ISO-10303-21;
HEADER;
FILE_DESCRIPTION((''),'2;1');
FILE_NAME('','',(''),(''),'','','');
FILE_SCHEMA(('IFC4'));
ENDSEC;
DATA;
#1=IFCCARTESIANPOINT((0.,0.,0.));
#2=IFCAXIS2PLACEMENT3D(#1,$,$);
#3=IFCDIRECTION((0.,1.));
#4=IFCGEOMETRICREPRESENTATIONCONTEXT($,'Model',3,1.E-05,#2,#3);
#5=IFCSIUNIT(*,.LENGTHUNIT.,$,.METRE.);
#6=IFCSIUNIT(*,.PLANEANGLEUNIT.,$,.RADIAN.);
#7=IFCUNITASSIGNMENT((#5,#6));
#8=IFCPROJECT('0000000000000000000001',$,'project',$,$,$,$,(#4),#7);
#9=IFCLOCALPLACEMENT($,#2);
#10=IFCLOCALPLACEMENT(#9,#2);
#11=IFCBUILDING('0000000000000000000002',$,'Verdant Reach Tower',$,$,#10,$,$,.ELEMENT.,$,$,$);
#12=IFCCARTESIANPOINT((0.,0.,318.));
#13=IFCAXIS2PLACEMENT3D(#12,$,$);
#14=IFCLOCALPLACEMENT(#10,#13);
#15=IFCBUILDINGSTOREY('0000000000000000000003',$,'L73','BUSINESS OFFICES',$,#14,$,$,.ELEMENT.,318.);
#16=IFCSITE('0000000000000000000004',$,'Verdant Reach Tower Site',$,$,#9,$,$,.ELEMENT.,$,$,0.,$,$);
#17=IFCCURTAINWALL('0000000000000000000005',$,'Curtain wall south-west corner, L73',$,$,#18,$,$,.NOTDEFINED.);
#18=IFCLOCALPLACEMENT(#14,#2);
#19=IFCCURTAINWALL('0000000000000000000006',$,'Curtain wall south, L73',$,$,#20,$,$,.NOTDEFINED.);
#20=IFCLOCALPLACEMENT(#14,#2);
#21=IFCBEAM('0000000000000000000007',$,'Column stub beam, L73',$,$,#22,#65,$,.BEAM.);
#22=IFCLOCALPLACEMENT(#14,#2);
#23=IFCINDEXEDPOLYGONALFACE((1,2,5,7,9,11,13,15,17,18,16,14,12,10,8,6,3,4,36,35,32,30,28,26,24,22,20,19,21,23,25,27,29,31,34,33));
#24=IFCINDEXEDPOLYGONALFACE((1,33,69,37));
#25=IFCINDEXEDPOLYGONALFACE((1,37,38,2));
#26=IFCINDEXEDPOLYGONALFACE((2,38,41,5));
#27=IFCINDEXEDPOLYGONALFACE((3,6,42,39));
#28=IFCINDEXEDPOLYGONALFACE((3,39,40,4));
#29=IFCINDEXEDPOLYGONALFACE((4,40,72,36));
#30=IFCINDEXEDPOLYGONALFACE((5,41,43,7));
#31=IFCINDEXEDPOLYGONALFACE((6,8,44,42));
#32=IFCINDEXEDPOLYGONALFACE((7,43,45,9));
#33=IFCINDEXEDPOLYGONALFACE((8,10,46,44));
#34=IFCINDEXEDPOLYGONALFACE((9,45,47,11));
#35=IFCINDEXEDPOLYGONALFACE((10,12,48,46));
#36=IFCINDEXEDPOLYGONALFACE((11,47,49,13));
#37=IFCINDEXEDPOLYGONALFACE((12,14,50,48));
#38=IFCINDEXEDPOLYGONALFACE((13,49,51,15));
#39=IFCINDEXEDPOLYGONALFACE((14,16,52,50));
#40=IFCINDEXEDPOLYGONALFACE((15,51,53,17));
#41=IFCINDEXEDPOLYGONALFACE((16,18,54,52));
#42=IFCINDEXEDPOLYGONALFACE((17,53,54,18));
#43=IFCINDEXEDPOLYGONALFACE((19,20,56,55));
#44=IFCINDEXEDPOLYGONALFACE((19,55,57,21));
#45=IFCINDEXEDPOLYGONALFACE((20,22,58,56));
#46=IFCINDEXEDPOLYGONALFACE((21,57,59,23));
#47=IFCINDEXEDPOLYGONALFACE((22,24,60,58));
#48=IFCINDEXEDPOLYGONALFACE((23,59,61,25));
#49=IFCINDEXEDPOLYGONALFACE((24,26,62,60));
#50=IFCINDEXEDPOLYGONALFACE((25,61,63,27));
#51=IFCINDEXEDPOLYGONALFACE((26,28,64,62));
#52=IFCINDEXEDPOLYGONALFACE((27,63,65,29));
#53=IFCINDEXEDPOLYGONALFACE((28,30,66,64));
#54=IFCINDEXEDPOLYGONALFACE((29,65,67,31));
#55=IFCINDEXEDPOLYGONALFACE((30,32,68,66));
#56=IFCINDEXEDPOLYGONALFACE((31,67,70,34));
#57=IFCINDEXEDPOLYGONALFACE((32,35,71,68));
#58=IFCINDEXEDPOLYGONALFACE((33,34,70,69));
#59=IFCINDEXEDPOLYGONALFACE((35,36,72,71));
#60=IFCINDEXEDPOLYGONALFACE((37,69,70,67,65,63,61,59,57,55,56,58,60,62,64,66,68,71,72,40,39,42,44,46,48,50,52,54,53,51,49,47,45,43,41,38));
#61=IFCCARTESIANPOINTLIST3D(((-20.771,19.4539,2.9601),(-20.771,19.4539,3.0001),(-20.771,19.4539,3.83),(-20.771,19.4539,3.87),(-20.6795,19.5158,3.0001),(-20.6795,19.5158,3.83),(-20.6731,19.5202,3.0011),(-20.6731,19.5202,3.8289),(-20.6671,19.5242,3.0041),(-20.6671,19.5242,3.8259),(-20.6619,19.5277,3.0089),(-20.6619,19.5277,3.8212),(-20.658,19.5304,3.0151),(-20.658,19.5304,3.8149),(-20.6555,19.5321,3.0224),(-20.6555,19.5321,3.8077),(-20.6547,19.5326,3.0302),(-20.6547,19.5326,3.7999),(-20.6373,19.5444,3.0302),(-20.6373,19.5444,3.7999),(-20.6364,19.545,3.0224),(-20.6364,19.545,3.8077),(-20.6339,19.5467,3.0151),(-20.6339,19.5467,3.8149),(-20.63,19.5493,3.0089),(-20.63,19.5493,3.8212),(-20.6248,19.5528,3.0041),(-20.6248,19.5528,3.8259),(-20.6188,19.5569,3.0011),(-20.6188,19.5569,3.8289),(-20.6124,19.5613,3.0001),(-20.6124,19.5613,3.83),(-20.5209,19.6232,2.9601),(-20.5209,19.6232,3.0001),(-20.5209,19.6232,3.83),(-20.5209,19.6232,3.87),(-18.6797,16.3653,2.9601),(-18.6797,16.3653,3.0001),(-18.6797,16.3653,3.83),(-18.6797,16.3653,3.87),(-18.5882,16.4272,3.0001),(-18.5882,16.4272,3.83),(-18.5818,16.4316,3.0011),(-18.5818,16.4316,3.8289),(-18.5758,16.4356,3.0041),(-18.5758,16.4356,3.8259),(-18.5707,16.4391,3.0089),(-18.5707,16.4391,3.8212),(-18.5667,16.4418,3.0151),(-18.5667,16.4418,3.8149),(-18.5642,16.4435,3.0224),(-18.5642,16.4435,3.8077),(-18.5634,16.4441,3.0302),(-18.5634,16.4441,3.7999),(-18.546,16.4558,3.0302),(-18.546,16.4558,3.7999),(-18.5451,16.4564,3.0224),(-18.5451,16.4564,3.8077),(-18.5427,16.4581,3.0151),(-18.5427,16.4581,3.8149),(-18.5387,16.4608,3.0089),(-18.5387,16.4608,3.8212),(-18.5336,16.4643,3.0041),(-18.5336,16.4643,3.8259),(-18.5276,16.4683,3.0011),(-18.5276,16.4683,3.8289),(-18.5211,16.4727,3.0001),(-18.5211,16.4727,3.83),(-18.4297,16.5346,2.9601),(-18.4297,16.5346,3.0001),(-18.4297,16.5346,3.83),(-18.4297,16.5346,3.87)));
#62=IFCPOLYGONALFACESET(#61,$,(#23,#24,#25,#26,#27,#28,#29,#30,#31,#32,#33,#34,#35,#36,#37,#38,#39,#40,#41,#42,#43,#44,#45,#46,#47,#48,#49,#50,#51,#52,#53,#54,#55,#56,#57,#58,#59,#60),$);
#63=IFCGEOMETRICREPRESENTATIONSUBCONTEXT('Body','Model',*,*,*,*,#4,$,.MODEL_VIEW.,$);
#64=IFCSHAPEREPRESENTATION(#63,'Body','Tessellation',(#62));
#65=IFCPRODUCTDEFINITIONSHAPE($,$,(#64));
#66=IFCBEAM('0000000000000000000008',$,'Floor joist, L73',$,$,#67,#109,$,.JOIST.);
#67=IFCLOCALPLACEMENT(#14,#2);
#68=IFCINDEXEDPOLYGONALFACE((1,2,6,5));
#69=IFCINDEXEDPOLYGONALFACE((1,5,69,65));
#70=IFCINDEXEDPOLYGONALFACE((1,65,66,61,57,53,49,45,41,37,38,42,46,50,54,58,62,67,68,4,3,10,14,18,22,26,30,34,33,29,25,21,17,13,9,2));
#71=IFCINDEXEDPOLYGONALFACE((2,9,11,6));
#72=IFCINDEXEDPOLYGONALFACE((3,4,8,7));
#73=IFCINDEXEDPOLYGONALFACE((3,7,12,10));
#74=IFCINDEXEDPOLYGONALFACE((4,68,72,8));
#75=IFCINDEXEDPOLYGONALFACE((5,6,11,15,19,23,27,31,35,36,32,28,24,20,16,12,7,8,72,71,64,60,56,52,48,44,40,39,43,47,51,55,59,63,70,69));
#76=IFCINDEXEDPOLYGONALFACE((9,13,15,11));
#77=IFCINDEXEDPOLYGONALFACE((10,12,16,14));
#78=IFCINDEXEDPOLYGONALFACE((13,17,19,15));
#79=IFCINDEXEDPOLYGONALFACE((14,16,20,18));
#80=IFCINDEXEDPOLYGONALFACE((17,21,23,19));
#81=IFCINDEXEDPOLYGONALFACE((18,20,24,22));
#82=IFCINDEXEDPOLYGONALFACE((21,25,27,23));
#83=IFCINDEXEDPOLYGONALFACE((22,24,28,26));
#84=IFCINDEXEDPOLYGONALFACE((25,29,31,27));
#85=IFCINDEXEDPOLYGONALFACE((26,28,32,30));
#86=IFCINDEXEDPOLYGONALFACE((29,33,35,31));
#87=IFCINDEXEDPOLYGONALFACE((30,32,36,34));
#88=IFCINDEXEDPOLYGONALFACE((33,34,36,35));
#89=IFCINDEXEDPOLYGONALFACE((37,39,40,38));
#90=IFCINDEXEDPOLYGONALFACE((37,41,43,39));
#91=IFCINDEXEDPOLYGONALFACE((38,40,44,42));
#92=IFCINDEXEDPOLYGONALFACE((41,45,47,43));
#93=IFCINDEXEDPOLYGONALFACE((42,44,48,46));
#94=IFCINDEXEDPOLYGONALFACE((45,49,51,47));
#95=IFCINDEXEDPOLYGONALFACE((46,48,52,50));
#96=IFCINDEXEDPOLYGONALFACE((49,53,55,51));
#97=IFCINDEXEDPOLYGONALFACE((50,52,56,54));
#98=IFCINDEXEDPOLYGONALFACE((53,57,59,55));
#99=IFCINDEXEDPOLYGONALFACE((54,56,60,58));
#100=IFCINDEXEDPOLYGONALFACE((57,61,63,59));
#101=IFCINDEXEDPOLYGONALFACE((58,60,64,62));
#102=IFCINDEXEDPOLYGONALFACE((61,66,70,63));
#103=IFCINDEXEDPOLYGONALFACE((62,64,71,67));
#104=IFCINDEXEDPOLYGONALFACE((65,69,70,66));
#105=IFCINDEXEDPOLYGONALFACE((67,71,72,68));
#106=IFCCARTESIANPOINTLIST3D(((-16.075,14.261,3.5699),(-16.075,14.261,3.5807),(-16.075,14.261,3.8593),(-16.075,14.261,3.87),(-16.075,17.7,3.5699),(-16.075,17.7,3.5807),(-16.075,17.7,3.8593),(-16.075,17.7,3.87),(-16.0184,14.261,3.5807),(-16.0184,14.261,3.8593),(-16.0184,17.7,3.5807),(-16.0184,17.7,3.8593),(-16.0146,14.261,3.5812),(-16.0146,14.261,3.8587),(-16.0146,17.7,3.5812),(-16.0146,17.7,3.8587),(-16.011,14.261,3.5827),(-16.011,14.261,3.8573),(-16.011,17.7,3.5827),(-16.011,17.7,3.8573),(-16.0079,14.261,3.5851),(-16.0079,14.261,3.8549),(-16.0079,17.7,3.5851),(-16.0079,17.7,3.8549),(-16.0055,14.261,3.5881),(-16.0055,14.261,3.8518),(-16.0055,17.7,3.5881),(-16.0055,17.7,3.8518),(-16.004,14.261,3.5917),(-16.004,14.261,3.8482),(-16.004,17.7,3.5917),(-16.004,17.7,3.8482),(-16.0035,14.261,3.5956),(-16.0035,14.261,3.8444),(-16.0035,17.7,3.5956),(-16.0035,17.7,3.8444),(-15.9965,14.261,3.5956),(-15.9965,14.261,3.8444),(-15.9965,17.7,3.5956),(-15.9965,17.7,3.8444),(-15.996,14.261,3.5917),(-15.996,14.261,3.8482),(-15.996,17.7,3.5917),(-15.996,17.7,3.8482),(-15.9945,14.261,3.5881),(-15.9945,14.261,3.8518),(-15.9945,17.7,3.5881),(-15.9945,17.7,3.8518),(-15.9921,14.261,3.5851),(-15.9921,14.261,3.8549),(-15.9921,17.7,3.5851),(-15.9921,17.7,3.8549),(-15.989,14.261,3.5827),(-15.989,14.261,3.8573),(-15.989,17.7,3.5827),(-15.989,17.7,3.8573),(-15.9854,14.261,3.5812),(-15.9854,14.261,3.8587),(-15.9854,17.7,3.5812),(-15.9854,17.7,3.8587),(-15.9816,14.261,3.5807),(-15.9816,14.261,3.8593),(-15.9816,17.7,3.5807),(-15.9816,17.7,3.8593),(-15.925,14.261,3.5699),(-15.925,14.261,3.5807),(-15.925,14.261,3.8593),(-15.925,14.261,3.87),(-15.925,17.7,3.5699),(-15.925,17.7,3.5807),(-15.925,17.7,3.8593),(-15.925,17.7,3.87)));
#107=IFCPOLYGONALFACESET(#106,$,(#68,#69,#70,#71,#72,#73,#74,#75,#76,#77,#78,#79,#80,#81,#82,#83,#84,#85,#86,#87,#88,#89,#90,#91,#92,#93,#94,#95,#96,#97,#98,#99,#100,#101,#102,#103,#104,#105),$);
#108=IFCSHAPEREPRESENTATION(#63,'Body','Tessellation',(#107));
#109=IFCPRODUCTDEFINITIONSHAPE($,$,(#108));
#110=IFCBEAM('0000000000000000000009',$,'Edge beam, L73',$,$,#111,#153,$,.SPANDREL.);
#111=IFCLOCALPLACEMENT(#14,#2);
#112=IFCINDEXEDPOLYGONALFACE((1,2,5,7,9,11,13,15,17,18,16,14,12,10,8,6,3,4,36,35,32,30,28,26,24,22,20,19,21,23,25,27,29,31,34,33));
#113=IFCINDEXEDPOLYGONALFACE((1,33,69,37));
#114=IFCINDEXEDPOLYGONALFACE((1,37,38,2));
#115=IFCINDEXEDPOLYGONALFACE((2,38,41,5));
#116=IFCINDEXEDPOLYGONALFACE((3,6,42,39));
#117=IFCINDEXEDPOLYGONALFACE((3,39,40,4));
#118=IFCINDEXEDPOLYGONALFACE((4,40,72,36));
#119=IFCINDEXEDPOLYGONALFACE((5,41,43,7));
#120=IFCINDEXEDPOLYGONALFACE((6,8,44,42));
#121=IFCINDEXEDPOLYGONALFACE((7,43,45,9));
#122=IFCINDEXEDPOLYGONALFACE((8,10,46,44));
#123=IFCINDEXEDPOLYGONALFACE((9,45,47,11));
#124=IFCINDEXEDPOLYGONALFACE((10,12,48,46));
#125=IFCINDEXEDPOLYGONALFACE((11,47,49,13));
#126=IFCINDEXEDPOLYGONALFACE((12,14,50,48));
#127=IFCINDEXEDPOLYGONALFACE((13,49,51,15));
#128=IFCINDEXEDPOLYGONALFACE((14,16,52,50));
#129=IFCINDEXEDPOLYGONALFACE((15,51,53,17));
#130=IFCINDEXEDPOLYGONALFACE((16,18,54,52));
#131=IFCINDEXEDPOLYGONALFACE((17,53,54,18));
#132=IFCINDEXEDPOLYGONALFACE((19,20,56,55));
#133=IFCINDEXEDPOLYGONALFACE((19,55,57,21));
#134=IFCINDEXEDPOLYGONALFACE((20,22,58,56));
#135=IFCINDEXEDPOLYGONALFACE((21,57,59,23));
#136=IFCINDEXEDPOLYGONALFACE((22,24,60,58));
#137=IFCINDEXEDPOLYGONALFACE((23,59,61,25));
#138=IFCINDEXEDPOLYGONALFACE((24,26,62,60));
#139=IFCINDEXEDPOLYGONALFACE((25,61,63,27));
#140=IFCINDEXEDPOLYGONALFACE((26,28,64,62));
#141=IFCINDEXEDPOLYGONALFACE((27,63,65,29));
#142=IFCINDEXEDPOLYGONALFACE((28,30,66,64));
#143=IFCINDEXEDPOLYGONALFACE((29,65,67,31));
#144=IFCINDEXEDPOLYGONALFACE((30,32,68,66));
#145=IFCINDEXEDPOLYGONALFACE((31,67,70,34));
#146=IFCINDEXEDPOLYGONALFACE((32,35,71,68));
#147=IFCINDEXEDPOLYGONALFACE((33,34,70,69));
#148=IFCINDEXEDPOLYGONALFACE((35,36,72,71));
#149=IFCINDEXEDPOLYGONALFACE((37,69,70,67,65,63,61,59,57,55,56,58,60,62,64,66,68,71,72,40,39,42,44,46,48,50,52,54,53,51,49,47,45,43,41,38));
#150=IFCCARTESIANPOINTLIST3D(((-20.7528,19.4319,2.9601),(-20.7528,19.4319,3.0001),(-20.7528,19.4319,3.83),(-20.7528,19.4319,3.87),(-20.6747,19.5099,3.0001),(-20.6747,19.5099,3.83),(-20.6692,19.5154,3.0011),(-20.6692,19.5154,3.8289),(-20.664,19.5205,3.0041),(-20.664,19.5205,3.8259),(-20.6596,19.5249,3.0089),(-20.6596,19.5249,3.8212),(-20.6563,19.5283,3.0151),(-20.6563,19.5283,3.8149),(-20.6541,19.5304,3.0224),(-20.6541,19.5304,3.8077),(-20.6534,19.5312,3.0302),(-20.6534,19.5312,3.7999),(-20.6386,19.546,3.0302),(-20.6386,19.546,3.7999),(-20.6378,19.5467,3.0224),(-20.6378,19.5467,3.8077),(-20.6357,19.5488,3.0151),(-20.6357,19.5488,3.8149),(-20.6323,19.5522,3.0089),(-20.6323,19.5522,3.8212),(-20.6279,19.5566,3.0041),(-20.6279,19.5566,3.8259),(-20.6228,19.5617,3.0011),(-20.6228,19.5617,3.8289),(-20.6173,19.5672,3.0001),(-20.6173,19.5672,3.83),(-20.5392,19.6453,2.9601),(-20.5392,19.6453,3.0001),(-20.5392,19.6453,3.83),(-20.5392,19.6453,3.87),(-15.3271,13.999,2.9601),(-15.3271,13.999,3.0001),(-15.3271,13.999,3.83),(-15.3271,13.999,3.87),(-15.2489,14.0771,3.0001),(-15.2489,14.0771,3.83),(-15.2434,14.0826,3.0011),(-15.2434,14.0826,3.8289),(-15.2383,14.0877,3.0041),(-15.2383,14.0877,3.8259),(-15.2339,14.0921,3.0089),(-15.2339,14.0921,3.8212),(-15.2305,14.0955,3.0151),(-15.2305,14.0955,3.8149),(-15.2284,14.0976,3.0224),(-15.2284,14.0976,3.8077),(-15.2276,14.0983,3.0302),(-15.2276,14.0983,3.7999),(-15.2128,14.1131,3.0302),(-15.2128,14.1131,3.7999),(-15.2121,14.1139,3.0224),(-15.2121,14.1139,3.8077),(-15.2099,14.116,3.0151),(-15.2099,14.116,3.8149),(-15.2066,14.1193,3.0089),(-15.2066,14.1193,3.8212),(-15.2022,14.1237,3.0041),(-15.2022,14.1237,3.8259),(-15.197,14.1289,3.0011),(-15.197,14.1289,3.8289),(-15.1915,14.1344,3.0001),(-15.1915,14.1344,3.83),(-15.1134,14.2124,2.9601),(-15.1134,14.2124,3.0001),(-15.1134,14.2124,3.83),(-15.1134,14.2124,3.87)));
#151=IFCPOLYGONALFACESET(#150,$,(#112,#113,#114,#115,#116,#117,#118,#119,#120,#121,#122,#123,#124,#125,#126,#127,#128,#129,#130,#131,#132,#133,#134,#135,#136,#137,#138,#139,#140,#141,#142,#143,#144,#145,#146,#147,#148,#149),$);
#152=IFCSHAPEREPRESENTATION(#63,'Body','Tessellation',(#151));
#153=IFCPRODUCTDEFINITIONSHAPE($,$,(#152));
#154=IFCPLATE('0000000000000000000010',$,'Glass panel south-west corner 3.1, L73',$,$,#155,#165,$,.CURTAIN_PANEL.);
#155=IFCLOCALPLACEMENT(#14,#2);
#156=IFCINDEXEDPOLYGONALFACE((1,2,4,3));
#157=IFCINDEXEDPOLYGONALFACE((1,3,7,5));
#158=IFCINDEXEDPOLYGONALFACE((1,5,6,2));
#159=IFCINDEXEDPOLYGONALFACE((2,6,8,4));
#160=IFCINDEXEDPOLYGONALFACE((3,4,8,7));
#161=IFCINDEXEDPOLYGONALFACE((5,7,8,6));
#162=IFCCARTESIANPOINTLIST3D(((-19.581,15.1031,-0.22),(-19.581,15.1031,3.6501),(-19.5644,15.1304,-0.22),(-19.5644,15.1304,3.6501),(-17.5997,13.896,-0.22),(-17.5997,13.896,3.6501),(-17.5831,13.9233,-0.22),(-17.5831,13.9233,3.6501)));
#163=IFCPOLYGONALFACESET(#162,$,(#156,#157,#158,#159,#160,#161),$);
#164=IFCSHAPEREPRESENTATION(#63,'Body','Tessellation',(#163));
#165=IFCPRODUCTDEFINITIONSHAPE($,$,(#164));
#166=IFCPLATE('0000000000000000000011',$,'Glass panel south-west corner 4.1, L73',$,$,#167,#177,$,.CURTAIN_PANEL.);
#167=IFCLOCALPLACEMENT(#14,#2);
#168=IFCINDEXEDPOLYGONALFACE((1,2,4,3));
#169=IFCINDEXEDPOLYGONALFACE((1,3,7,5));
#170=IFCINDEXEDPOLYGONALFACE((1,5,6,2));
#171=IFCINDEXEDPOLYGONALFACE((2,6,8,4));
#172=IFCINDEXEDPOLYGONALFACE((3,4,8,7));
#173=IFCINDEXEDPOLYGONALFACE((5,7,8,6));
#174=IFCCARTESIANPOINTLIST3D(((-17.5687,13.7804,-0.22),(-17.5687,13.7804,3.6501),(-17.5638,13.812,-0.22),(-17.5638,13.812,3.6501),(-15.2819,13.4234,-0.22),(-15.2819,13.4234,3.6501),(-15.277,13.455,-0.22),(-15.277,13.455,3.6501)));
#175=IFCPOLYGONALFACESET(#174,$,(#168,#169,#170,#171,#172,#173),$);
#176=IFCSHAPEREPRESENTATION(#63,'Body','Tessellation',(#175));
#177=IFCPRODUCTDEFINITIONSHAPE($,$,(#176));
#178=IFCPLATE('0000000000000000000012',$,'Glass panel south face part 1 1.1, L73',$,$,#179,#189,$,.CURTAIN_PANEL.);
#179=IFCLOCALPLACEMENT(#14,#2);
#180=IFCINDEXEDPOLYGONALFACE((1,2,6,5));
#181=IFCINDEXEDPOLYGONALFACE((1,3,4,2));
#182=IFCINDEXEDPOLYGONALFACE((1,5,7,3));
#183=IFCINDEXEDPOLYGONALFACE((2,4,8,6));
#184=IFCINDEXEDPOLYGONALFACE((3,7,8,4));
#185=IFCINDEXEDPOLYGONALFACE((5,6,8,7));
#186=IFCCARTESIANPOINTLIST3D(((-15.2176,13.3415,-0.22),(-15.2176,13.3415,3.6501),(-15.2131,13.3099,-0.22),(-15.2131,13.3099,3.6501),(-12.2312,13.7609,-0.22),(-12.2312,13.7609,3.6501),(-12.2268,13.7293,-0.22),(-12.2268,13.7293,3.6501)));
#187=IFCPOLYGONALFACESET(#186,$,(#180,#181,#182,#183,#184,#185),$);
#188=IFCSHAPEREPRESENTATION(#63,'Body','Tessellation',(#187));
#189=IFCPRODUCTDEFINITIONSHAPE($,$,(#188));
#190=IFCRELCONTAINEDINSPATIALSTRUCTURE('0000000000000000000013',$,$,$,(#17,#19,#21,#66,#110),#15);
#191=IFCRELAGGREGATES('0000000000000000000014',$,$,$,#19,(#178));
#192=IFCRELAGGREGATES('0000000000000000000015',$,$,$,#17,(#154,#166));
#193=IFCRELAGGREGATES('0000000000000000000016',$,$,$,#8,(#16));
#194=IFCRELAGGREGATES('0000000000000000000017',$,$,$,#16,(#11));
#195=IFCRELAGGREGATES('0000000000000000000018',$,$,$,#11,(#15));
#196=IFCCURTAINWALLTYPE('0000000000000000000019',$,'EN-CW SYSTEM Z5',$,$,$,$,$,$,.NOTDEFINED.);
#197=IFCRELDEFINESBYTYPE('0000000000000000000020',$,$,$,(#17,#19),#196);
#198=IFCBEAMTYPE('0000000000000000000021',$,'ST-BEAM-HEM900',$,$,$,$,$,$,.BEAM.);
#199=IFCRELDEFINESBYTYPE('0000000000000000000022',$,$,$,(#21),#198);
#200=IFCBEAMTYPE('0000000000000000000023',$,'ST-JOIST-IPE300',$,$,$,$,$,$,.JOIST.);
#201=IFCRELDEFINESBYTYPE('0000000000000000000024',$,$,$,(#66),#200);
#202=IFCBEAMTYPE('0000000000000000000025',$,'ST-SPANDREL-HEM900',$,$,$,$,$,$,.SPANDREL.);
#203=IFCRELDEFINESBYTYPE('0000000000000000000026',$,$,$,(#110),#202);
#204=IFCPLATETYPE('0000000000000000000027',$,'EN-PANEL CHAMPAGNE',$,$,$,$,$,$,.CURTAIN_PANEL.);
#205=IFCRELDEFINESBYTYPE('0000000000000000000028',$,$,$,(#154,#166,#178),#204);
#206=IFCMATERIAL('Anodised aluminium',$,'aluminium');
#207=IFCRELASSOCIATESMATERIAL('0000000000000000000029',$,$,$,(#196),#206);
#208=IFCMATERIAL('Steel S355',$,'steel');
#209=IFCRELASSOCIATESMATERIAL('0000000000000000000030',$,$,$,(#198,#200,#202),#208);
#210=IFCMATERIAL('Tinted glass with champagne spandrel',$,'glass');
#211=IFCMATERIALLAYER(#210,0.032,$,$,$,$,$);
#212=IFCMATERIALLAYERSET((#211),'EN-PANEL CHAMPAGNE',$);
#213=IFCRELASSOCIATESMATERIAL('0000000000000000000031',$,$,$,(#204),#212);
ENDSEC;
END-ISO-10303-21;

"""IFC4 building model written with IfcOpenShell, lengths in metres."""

from ifc_helpers import new_model, si_unit, direction, frame, origin, origin_2d, place, context, subcontext, project, spatial, rectangle, i_section, extrude, material, layer, layer_set, material_profile, profile_set, type_object, element, aggregate, save


model = new_model("IFC4")

# Units and contexts
model_context = context("Model", 3, precision=1e-05, world=origin(), true_north=direction((0.0, 1.0)))
body_context = subcontext(model_context, "Body", "Model", "MODEL_VIEW")
ifc_project = project(units=[si_unit("LENGTHUNIT", "METRE"), si_unit("PLANEANGLEUNIT", "RADIAN")], contexts=[model_context])

# Site, building, storey
site_placement = place(None, origin())
site = spatial("IfcSite", under=ifc_project, at=site_placement, Name="Verdant Reach Tower Site", CompositionType="ELEMENT", RefElevation=0.0)
building_placement = place(site_placement, origin())
building = spatial("IfcBuilding", under=site, at=building_placement, Name="Verdant Reach Tower", CompositionType="ELEMENT")
storey_placement = place(building_placement, frame((0.0, 0.0, 318.0)))
storey = spatial("IfcBuildingStorey", under=building, at=storey_placement, Name="L73", Description="BUSINESS OFFICES", CompositionType="ELEMENT", Elevation=318.0)

# Curtain walls
ifc_material_1 = material(Name="Anodised aluminium", Category="aluminium")
curtain_wall_type = type_object("IfcCurtainWallType", Name="EN-CW SYSTEM Z5", PredefinedType="NOTDEFINED", material=ifc_material_1)
curtain_wall_1_placement = place(storey_placement, origin())
curtain_wall_1 = element("IfcCurtainWall", 1, at=curtain_wall_1_placement, inside=storey, type_object=curtain_wall_type, Name="Curtain wall south-west corner, L73", PredefinedType="NOTDEFINED")
curtain_wall_2_placement = place(storey_placement, origin())
curtain_wall_2 = element("IfcCurtainWall", 2, at=curtain_wall_2_placement, inside=storey, type_object=curtain_wall_type, Name="Curtain wall south, L73", PredefinedType="NOTDEFINED")

# Beams
ifc_material_2 = material(Name="Steel S355", Category="steel")
ifc_material_profile_1 = material_profile(ifc_material_2, i_section(OverallWidth=0.302, OverallDepth=0.9099, WebThickness=0.021, FlangeThickness=0.04, FilletRadius=0.03, at=origin_2d()), Name="HEM 900")
ifc_profile_set_1 = profile_set([ifc_material_profile_1], Name="Steel S355")
beam_type_1 = type_object("IfcBeamType", Name="ST-BEAM-HEM900", PredefinedType="BEAM", material=ifc_profile_set_1)
beam_1_placement = place(storey_placement, frame((-18.5547, 16.45, 3.415), z_axis=(-0.560667, 0.828041, 0.0), x_axis=(-0.828041, -0.560667, 0.0)))
element("IfcBeam", 3, at=beam_1_placement, inside=storey, type_object=beam_type_1, Name="Column stub beam, L73", PredefinedType="BEAM", context=body_context, shape_type="SweptSolid", body=[
    extrude(i_section(OverallWidth=0.302, OverallDepth=0.9099, WebThickness=0.021, FlangeThickness=0.04, FilletRadius=0.03, at=origin_2d()), origin(), (0.0, 0.0, 1.0), 3.73),
])
ifc_material_profile_2 = material_profile(ifc_material_2, i_section(OverallWidth=0.1499, OverallDepth=0.3, WebThickness=0.0071, FlangeThickness=0.0107, FilletRadius=0.0149, at=origin_2d()), Name="IPE 300")
ifc_profile_set_2 = profile_set([ifc_material_profile_2], Name="Steel S355")
beam_type_2 = type_object("IfcBeamType", Name="ST-JOIST-IPE300", PredefinedType="JOIST", material=ifc_profile_set_2)
beam_2_placement = place(storey_placement, frame((-16.0, 17.7, 3.72), z_axis=(0.0, -1.0, 0.0), x_axis=(1.0, 0.0, 0.0)))
element("IfcBeam", 4, at=beam_2_placement, inside=storey, type_object=beam_type_2, Name="Floor joist, L73", PredefinedType="JOIST", context=body_context, shape_type="SweptSolid", body=[
    extrude(i_section(OverallWidth=0.1499, OverallDepth=0.3, WebThickness=0.0071, FlangeThickness=0.0107, FilletRadius=0.0149, at=origin_2d()), origin(), (0.0, 0.0, 1.0), 3.439),
])
ifc_material_profile_3 = material_profile(ifc_material_2, i_section(OverallWidth=0.302, OverallDepth=0.9099, WebThickness=0.021, FlangeThickness=0.04, FilletRadius=0.03, at=origin_2d()), Name="HEM 900")
ifc_profile_set_3 = profile_set([ifc_material_profile_3], Name="Steel S355")
beam_type_3 = type_object("IfcBeamType", Name="ST-SPANDREL-HEM900", PredefinedType="SPANDREL", material=ifc_profile_set_3)
beam_3_placement = place(storey_placement, frame((-15.2202, 14.1057, 3.415), z_axis=(-0.706646, 0.707568, 0.0), x_axis=(-0.707568, -0.706646, 0.0)))
element("IfcBeam", 5, at=beam_3_placement, inside=storey, type_object=beam_type_3, Name="Edge beam, L73", PredefinedType="SPANDREL", context=body_context, shape_type="SweptSolid", body=[
    extrude(i_section(OverallWidth=0.302, OverallDepth=0.9099, WebThickness=0.021, FlangeThickness=0.04, FilletRadius=0.03, at=origin_2d()), origin(), (0.0, 0.0, 1.0), 7.6782),
])

# Plates
ifc_material_3 = material(Name="Tinted glass with champagne spandrel", Category="glass")
ifc_layer_1 = layer(ifc_material_3, 0.032)
ifc_layer_set_1 = layer_set([ifc_layer_1], Name="EN-PANEL CHAMPAGNE")
plate_type_1 = type_object("IfcPlateType", Name="EN-PANEL CHAMPAGNE", PredefinedType="CURTAIN_PANEL", material=ifc_layer_set_1)
plate_1_placement = place(storey_placement, frame((-18.582, 14.5132, -0.22), z_axis=(0.0, 0.0, 1.0), x_axis=(0.853989, -0.520292, 0.0)))
plate_1 = element("IfcPlate", 6, at=plate_1_placement, type_object=plate_type_1, Name="Glass panel south-west corner 3.1, L73", PredefinedType="CURTAIN_PANEL", context=body_context, shape_type="SweptSolid", body=[
    extrude(rectangle(XDim=2.3201, YDim=0.032, at=origin_2d()), origin(), (0.0, 0.0, 1.0), 3.8701),
])
plate_2_placement = place(storey_placement, frame((-16.4229, 13.6177, -0.22), z_axis=(0.0, 0.0, 1.0), x_axis=(0.988033, -0.15424, 0.0)))
plate_2 = element("IfcPlate", 7, at=plate_2_placement, type_object=plate_type_1, Name="Glass panel south-west corner 4.1, L73", PredefinedType="CURTAIN_PANEL", context=body_context, shape_type="SweptSolid", body=[
    extrude(rectangle(XDim=2.3145, YDim=0.032, at=origin_2d()), origin(), (0.0, 0.0, 1.0), 3.8701),
])
plate_3_placement = place(storey_placement, frame((-13.7222, 13.5354, -0.22), z_axis=(0.0, 0.0, 1.0), x_axis=(0.990282, 0.139077, 0.0)))
plate_3 = element("IfcPlate", 8, at=plate_3_placement, type_object=plate_type_1, Name="Glass panel south face part 1 1.1, L73", PredefinedType="CURTAIN_PANEL", context=body_context, shape_type="SweptSolid", body=[
    extrude(rectangle(XDim=3.0156, YDim=0.032, at=origin_2d()), origin(), (0.0, 0.0, 1.0), 3.8701),
])
aggregate(curtain_wall_2, [plate_3])
aggregate(curtain_wall_1, [plate_1, plate_2])

save(model, "model.ifc")
